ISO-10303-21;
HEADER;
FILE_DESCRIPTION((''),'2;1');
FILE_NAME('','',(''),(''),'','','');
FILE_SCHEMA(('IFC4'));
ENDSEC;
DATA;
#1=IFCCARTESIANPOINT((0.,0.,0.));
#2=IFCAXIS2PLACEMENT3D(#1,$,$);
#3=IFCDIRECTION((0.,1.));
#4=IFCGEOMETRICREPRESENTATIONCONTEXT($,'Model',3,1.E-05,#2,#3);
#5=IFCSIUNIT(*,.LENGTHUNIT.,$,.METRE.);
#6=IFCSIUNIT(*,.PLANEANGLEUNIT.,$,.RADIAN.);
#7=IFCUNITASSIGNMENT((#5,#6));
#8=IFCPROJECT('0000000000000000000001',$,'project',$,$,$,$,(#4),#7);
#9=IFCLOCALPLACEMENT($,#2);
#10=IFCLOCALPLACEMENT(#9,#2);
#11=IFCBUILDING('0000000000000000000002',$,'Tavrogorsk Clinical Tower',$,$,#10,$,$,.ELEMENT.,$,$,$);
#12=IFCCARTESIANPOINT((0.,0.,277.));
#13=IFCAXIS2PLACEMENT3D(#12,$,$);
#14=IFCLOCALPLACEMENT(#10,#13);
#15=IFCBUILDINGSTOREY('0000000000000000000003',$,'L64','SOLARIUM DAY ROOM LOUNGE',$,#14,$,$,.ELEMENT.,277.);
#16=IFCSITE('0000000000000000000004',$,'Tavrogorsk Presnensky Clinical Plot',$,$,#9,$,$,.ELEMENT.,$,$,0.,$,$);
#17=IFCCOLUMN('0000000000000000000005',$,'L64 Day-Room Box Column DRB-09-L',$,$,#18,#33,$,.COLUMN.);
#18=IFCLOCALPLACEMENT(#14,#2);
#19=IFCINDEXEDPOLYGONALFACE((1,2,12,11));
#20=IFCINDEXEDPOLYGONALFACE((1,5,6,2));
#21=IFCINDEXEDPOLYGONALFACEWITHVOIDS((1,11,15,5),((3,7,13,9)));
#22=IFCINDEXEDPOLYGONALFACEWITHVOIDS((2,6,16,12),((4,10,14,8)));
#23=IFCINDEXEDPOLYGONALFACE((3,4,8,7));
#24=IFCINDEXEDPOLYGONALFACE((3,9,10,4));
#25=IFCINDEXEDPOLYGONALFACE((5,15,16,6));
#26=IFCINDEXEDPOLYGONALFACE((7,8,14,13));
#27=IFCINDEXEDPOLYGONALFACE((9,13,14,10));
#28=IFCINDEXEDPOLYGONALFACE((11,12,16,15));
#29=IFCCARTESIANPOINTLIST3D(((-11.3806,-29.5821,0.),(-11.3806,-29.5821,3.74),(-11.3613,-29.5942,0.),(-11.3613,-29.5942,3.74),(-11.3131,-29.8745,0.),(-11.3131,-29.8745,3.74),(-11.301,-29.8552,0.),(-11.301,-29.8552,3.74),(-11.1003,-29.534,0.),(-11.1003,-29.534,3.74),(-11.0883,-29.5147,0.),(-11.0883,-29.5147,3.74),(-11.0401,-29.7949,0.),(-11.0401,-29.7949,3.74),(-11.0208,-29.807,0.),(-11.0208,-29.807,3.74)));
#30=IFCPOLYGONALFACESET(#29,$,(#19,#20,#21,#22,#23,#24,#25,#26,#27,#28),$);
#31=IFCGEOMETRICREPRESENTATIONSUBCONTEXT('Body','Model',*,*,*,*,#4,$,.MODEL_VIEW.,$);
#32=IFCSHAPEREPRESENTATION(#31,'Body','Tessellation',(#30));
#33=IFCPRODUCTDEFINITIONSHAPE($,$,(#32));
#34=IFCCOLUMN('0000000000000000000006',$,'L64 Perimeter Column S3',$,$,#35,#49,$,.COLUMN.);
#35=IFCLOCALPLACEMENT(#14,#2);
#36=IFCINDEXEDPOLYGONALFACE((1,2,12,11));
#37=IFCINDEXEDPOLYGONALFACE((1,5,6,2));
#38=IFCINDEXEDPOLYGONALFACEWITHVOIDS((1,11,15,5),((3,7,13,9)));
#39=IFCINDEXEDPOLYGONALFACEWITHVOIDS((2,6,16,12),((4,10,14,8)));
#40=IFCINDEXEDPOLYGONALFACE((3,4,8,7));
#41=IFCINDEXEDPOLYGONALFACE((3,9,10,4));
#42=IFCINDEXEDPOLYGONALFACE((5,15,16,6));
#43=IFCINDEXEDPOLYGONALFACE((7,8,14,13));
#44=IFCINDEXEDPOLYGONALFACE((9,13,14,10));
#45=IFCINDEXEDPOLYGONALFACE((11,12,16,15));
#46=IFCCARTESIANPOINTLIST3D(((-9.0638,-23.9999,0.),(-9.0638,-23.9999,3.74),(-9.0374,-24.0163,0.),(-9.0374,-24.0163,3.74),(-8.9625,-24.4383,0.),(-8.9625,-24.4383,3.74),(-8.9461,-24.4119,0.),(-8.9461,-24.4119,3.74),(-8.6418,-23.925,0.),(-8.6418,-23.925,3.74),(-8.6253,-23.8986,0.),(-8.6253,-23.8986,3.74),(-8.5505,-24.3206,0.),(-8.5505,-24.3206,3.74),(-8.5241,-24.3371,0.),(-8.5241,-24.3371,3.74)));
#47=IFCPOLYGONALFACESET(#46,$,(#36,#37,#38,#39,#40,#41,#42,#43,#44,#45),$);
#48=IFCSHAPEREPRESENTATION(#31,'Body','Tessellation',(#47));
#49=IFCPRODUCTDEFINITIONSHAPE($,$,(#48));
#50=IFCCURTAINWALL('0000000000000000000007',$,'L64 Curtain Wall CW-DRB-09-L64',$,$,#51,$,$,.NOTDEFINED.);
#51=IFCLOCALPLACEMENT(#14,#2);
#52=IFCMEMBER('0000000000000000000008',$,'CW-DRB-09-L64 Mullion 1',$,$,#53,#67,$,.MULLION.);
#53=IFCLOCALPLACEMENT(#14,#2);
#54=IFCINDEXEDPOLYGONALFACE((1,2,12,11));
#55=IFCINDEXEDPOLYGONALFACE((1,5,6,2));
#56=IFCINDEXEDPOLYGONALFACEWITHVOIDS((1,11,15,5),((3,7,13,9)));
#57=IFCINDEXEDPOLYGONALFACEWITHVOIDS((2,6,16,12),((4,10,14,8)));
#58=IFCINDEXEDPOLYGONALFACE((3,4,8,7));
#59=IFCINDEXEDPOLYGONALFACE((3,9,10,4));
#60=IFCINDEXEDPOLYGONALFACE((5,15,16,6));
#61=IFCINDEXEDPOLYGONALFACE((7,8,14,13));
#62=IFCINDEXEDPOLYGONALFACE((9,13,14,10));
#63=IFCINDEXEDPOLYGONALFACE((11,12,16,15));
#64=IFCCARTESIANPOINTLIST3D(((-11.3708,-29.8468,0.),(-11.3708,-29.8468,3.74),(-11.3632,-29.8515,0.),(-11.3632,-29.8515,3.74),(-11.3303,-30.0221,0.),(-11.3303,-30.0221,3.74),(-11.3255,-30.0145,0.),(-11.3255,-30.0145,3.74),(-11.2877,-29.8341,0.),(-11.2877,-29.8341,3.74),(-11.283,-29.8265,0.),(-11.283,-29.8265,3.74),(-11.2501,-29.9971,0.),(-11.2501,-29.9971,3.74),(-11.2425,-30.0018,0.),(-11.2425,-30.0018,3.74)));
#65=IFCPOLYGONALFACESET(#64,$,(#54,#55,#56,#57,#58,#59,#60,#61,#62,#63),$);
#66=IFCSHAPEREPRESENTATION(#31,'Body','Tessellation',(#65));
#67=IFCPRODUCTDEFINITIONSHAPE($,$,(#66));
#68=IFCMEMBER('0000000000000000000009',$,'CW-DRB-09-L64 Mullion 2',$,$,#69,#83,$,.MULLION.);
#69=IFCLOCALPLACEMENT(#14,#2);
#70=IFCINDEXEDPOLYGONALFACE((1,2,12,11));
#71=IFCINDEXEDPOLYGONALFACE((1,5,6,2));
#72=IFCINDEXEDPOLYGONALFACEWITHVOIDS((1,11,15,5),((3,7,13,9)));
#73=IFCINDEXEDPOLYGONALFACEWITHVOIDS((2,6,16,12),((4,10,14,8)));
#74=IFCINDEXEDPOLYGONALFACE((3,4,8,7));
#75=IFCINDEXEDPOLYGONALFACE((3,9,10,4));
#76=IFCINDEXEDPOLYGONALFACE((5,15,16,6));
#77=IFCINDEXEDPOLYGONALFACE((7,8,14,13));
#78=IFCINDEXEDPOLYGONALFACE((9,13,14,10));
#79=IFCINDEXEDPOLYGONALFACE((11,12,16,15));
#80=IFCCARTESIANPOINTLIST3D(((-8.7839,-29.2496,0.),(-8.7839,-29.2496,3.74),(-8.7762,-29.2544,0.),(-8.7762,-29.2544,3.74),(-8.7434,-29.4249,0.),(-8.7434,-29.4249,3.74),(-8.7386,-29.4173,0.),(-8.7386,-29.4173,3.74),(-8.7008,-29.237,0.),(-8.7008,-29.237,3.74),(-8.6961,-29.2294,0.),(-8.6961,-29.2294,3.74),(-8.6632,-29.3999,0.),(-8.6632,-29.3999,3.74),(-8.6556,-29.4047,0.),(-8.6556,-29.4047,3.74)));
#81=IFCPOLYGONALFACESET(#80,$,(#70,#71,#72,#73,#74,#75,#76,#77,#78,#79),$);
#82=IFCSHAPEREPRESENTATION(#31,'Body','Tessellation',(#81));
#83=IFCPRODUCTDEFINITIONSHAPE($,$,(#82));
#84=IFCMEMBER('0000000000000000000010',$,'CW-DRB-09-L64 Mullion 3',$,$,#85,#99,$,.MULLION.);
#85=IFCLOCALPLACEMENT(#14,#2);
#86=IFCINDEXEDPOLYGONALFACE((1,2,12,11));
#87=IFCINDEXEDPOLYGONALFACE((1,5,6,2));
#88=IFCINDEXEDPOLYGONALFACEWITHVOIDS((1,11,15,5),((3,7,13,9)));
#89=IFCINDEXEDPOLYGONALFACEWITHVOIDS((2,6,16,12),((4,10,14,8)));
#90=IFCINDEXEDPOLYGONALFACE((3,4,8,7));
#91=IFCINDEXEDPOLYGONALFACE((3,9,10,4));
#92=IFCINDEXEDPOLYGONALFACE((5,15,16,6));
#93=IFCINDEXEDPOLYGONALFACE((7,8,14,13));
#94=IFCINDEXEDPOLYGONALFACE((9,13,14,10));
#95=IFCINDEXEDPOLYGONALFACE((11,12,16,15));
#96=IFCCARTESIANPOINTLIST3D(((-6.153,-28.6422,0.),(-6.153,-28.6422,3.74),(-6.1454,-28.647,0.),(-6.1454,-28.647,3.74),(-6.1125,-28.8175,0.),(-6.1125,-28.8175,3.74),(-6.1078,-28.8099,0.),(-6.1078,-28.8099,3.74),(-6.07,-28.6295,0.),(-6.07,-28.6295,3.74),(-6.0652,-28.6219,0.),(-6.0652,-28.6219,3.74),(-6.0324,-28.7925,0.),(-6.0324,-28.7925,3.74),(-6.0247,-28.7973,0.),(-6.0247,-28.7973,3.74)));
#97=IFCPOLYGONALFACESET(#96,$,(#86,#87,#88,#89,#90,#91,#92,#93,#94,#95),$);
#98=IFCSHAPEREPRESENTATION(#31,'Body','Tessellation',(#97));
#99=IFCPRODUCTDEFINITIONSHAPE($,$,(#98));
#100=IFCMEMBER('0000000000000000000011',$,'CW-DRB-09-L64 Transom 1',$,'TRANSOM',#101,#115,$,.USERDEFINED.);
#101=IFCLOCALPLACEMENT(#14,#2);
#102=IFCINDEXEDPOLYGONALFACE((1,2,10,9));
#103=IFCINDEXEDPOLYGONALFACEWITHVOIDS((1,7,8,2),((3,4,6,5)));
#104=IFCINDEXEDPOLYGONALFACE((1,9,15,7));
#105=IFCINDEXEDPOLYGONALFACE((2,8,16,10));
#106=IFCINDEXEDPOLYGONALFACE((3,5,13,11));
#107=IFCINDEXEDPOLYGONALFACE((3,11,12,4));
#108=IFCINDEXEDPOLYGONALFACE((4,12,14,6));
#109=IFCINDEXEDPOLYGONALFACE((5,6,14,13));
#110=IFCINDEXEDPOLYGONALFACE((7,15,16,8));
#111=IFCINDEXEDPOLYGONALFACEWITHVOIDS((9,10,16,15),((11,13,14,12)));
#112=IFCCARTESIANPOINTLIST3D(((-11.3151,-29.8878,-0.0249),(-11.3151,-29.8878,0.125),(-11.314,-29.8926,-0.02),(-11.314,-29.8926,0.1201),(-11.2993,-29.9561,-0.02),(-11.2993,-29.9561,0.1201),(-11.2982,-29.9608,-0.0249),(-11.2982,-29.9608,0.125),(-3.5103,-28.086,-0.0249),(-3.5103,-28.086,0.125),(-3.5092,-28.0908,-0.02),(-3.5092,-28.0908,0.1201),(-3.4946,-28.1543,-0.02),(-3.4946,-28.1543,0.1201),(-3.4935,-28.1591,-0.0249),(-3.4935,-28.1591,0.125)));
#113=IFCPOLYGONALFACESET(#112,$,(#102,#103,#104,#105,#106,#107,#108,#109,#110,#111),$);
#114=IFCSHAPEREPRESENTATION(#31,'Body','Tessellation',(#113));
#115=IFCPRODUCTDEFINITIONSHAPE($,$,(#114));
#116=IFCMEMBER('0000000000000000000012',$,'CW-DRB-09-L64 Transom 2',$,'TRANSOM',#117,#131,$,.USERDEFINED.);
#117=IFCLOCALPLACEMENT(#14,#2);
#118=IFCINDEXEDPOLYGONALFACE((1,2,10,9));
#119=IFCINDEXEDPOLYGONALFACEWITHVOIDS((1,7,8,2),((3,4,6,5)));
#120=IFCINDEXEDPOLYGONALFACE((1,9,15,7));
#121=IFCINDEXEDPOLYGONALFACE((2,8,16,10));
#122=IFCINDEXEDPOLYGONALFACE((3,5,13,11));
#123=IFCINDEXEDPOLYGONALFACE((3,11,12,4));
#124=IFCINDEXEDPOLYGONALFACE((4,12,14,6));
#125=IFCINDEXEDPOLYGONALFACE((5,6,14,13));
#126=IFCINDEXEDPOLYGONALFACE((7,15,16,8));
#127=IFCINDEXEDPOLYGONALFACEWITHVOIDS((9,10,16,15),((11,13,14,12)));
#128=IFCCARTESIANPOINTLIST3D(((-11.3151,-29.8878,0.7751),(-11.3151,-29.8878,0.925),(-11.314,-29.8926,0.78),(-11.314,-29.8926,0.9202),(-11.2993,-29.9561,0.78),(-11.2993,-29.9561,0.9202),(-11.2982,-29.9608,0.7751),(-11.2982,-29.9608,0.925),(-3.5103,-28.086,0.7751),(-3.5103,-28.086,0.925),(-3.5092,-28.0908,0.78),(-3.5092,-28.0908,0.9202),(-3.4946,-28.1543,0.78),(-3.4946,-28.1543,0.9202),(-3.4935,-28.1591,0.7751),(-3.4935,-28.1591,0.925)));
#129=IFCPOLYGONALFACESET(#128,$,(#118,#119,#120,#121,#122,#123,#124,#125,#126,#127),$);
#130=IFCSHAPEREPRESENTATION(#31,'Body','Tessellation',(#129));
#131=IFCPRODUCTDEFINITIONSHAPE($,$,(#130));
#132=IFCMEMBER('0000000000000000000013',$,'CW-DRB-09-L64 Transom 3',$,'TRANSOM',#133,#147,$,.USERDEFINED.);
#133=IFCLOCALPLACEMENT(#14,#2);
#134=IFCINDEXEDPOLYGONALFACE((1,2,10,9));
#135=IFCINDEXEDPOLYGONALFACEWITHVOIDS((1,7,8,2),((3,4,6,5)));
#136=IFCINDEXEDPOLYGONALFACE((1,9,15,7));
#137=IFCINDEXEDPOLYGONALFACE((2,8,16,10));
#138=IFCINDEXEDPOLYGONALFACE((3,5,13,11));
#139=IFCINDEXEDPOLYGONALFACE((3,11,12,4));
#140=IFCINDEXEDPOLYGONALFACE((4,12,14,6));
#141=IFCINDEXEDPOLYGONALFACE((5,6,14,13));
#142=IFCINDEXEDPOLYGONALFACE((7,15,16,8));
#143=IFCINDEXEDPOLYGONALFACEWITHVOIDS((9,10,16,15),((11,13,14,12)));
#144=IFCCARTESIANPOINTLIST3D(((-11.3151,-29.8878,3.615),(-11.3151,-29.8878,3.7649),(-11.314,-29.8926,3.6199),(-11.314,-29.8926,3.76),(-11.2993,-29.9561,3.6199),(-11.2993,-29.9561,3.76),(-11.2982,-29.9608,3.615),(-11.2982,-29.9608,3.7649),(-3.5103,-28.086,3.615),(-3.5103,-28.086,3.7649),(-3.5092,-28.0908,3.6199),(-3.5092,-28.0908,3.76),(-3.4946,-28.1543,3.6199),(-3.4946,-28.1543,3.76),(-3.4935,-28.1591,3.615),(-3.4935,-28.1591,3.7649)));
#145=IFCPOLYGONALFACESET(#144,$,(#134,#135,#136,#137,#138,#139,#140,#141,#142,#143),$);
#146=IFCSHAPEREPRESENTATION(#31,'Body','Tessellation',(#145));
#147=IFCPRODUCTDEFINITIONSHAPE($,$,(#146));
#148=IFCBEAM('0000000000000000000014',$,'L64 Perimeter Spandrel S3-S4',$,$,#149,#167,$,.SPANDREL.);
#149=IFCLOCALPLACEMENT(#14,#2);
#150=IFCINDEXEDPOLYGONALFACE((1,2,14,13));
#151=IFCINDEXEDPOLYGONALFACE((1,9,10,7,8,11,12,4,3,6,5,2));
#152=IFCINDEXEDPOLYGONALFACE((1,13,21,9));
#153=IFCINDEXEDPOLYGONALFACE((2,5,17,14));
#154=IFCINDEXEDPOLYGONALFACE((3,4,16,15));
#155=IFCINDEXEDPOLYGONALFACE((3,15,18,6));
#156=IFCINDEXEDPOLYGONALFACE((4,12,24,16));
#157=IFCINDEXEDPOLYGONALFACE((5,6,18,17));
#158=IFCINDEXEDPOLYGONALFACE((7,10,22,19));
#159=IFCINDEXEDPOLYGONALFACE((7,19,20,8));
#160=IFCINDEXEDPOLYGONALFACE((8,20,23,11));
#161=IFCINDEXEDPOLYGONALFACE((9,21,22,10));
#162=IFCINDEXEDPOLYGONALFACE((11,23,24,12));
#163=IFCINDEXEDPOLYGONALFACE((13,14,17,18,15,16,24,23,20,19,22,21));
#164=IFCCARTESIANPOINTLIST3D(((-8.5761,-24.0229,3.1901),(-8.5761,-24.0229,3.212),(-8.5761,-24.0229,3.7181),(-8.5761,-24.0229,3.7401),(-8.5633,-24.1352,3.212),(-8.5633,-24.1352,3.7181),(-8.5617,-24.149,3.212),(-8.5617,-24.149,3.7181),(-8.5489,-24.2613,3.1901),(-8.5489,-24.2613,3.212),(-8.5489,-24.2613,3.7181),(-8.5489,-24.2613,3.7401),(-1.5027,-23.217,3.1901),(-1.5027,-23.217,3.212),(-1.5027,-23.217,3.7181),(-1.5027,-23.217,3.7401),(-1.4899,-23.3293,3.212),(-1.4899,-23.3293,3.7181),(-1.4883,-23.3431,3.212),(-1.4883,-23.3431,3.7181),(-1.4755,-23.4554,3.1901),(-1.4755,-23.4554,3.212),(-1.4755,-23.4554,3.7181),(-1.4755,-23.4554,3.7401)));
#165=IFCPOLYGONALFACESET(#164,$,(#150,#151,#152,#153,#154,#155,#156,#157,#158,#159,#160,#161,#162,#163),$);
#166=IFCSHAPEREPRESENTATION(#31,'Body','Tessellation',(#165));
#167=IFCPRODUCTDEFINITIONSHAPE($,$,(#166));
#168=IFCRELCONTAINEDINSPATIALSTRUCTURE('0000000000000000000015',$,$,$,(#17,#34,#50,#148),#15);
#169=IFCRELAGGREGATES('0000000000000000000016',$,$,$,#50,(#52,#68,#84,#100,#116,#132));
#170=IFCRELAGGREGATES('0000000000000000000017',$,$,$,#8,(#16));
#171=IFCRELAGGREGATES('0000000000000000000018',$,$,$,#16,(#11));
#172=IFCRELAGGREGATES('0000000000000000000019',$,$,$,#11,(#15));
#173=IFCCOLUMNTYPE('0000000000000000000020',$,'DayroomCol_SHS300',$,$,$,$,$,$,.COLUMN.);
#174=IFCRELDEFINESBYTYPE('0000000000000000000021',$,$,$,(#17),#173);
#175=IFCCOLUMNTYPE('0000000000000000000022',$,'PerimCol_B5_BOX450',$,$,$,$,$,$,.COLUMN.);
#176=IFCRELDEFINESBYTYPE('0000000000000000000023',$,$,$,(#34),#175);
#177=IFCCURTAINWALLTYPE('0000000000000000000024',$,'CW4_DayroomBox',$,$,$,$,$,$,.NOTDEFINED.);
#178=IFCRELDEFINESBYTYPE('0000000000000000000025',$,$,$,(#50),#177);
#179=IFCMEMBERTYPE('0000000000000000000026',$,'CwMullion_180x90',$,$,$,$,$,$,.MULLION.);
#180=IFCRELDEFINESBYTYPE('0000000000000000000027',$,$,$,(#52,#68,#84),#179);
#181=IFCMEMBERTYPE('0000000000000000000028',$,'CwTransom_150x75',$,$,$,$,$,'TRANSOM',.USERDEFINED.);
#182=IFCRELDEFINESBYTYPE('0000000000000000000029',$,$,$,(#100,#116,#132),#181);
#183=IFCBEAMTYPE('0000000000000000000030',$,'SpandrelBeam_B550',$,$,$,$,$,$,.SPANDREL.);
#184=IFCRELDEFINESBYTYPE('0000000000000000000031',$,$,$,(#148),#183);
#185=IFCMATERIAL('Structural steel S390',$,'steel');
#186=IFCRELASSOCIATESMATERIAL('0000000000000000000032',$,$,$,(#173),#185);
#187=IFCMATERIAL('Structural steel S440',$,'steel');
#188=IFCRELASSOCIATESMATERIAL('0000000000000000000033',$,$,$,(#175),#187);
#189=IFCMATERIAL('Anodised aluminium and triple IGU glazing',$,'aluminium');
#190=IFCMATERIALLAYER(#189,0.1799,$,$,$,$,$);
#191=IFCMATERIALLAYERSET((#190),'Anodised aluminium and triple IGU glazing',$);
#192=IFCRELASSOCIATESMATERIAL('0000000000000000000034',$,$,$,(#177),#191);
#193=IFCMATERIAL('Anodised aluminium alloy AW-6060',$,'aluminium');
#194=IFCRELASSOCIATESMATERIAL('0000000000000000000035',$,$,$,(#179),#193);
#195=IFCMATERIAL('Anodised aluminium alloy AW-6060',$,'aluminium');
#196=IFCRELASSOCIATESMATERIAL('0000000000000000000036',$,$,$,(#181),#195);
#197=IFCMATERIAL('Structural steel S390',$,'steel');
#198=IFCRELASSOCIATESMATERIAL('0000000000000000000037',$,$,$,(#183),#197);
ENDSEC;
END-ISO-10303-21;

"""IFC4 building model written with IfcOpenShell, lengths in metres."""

from ifc_helpers import new_model, si_unit, direction, frame, origin, origin_2d, place, context, subcontext, project, spatial, hollow_rectangle, i_section, extrude, material, layer, layer_set, material_profile, profile_set, type_object, element, aggregate, save


model = new_model("IFC4")

# Units and contexts
model_context = context("Model", 3, precision=1e-05, world=origin(), true_north=direction((0.0, 1.0)))
body_context = subcontext(model_context, "Body", "Model", "MODEL_VIEW")
ifc_project = project(units=[si_unit("LENGTHUNIT", "METRE"), si_unit("PLANEANGLEUNIT", "RADIAN")], contexts=[model_context])

# Site, building, storey
site_placement = place(None, origin())
site = spatial("IfcSite", under=ifc_project, at=site_placement, Name="Tavrogorsk Presnensky Clinical Plot", CompositionType="ELEMENT", RefElevation=0.0)
building_placement = place(site_placement, origin())
building = spatial("IfcBuilding", under=site, at=building_placement, Name="Tavrogorsk Clinical Tower", CompositionType="ELEMENT")
storey_placement = place(building_placement, frame((0.0, 0.0, 277.0)))
storey = spatial("IfcBuildingStorey", under=building, at=storey_placement, Name="L64", Description="SOLARIUM DAY ROOM LOUNGE", CompositionType="ELEMENT", Elevation=277.0)

# Columns
ifc_material_1 = material(Name="Structural steel S390", Category="steel")
ifc_material_profile_1 = material_profile(ifc_material_1, hollow_rectangle(XDim=0.3, YDim=0.3, WallThickness=0.0161, at=origin_2d()), Name="SHS-300x300x16")
ifc_profile_set_1 = profile_set([ifc_material_profile_1], Name="Structural steel S390")
column_type_1 = type_object("IfcColumnType", Name="DayroomCol_SHS300", PredefinedType="COLUMN", material=ifc_profile_set_1)
column_1_placement = place(storey_placement, frame((-11.2007, -29.6946, 0.0), z_axis=(0.0, 0.0, 1.0), x_axis=(0.97437, 0.224951, 0.0)))
element("IfcColumn", 1, at=column_1_placement, inside=storey, type_object=column_type_1, Name="L64 Day-Room Box Column DRB-09-L", PredefinedType="COLUMN", context=body_context, shape_type="SweptSolid", body=[
    extrude(hollow_rectangle(XDim=0.3, YDim=0.3, WallThickness=0.0161, at=origin_2d()), origin(), (0.0, 0.0, 1.0), 3.74),
])
ifc_material_2 = material(Name="Structural steel S440", Category="steel")
ifc_material_profile_2 = material_profile(ifc_material_2, hollow_rectangle(XDim=0.45, YDim=0.45, WallThickness=0.022, at=origin_2d()), Name="BOX-450x450x22")
ifc_profile_set_2 = profile_set([ifc_material_profile_2], Name="Structural steel S440")
column_type_2 = type_object("IfcColumnType", Name="PerimCol_B5_BOX450", PredefinedType="COLUMN", material=ifc_profile_set_2)
column_2_placement = place(storey_placement, frame((-8.7939, -24.1685, 0.0), z_axis=(0.0, 0.0, 1.0), x_axis=(0.97437, 0.224951, 0.0)))
element("IfcColumn", 2, at=column_2_placement, inside=storey, type_object=column_type_2, Name="L64 Perimeter Column S3", PredefinedType="COLUMN", context=body_context, shape_type="SweptSolid", body=[
    extrude(hollow_rectangle(XDim=0.45, YDim=0.45, WallThickness=0.022, at=origin_2d()), origin(), (0.0, 0.0, 1.0), 3.74),
])

# Curtain wall, members
ifc_material_3 = material(Name="Anodised aluminium and triple IGU glazing", Category="aluminium")
ifc_layer_1 = layer(ifc_material_3, 0.1799)
ifc_layer_set_1 = layer_set([ifc_layer_1], Name="Anodised aluminium and triple IGU glazing")
curtain_wall_type = type_object("IfcCurtainWallType", Name="CW4_DayroomBox", PredefinedType="NOTDEFINED", material=ifc_layer_set_1)
curtain_wall_placement = place(storey_placement, origin())
curtain_wall = element("IfcCurtainWall", 3, at=curtain_wall_placement, inside=storey, type_object=curtain_wall_type, Name="L64 Curtain Wall CW-DRB-09-L64", PredefinedType="NOTDEFINED")
ifc_material_4 = material(Name="Anodised aluminium alloy AW-6060", Category="aluminium")
ifc_material_profile_3 = material_profile(ifc_material_4, hollow_rectangle(XDim=0.0901, YDim=0.1799, WallThickness=0.0063, at=origin_2d()), Name="RHS-180x90x6.3")
ifc_profile_set_3 = profile_set([ifc_material_profile_3], Name="Anodised aluminium alloy AW-6060")
member_type_1 = type_object("IfcMemberType", Name="CwMullion_180x90", PredefinedType="MULLION", material=ifc_profile_set_3)
member_1_placement = place(storey_placement, frame((-11.3066, -29.9243, 0.0), z_axis=(0.0, 0.0, 1.0), x_axis=(0.97437, 0.224951, 0.0)))
member_1 = element("IfcMember", 4, at=member_1_placement, type_object=member_type_1, Name="CW-DRB-09-L64 Mullion 1", PredefinedType="MULLION", context=body_context, shape_type="SweptSolid", body=[
    extrude(hollow_rectangle(XDim=0.0901, YDim=0.1799, WallThickness=0.0063, at=origin_2d()), origin(), (0.0, 0.0, 1.0), 3.74),
])
member_2_placement = place(storey_placement, frame((-8.7197, -29.3271, 0.0), z_axis=(0.0, 0.0, 1.0), x_axis=(0.97437, 0.224951, 0.0)))
member_2 = element("IfcMember", 5, at=member_2_placement, type_object=member_type_1, Name="CW-DRB-09-L64 Mullion 2", PredefinedType="MULLION", context=body_context, shape_type="SweptSolid", body=[
    extrude(hollow_rectangle(XDim=0.0901, YDim=0.1799, WallThickness=0.0063, at=origin_2d()), origin(), (0.0, 0.0, 1.0), 3.74),
])
member_3_placement = place(storey_placement, frame((-6.0889, -28.7197, 0.0), z_axis=(0.0, 0.0, 1.0), x_axis=(0.97437, 0.224951, 0.0)))
member_3 = element("IfcMember", 6, at=member_3_placement, type_object=member_type_1, Name="CW-DRB-09-L64 Mullion 3", PredefinedType="MULLION", context=body_context, shape_type="SweptSolid", body=[
    extrude(hollow_rectangle(XDim=0.0901, YDim=0.1799, WallThickness=0.0063, at=origin_2d()), origin(), (0.0, 0.0, 1.0), 3.74),
])
ifc_material_5 = material(Name="Anodised aluminium alloy AW-6060", Category="aluminium")
ifc_material_profile_4 = material_profile(ifc_material_5, hollow_rectangle(XDim=0.075, YDim=0.1499, WallThickness=0.0049, at=origin_2d()), Name="RHS-150x75x5")
ifc_profile_set_4 = profile_set([ifc_material_profile_4], Name="Anodised aluminium alloy AW-6060")
member_type_2 = type_object("IfcMemberType", Name="CwTransom_150x75", ElementType="TRANSOM", PredefinedType="USERDEFINED", material=ifc_profile_set_4)
member_4_placement = place(storey_placement, frame((-11.3066, -29.9243, 0.05), z_axis=(0.974373, 0.22494, 0.0), x_axis=(-0.22494, 0.974373, 0.0)))
member_4 = element("IfcMember", 7, at=member_4_placement, type_object=member_type_2, Name="CW-DRB-09-L64 Transom 1", ObjectType="TRANSOM", PredefinedType="USERDEFINED", context=body_context, shape_type="SweptSolid", body=[
    extrude(hollow_rectangle(XDim=0.075, YDim=0.1499, WallThickness=0.0049, at=origin_2d()), origin(), (0.0, 0.0, 1.0), 8.01),
])
member_5_placement = place(storey_placement, frame((-11.3066, -29.9243, 0.8501), z_axis=(0.974373, 0.22494, 0.0), x_axis=(-0.22494, 0.974373, 0.0)))
member_5 = element("IfcMember", 8, at=member_5_placement, type_object=member_type_2, Name="CW-DRB-09-L64 Transom 2", ObjectType="TRANSOM", PredefinedType="USERDEFINED", context=body_context, shape_type="SweptSolid", body=[
    extrude(hollow_rectangle(XDim=0.075, YDim=0.1499, WallThickness=0.0049, at=origin_2d()), origin(), (0.0, 0.0, 1.0), 8.01),
])
member_6_placement = place(storey_placement, frame((-11.3066, -29.9243, 3.6899), z_axis=(0.974373, 0.22494, 0.0), x_axis=(-0.22494, 0.974373, 0.0)))
member_6 = element("IfcMember", 9, at=member_6_placement, type_object=member_type_2, Name="CW-DRB-09-L64 Transom 3", ObjectType="TRANSOM", PredefinedType="USERDEFINED", context=body_context, shape_type="SweptSolid", body=[
    extrude(hollow_rectangle(XDim=0.075, YDim=0.1499, WallThickness=0.0049, at=origin_2d()), origin(), (0.0, 0.0, 1.0), 8.01),
])

# Beam
ifc_material_6 = material(Name="Structural steel S390", Category="steel")
ifc_material_profile_5 = material_profile(ifc_material_6, i_section(OverallWidth=0.24, OverallDepth=0.55, WebThickness=0.0139, FlangeThickness=0.022, at=origin_2d()), Name="B-550x240x14x22")
ifc_profile_set_5 = profile_set([ifc_material_profile_5], Name="Structural steel S390")
beam_type_1 = type_object("IfcBeamType", Name="SpandrelBeam_B550", PredefinedType="SPANDREL", material=ifc_profile_set_5)
beam_1_placement = place(storey_placement, frame((-8.5625, -24.1421, 3.4651), z_axis=(0.993572, 0.113201, 0.0), x_axis=(-0.113201, 0.993572, 0.0)))
element("IfcBeam", 10, at=beam_1_placement, inside=storey, type_object=beam_type_1, Name="L64 Perimeter Spandrel S3-S4", PredefinedType="SPANDREL", context=body_context, shape_type="SweptSolid", body=[
    extrude(i_section(OverallWidth=0.24, OverallDepth=0.55, WebThickness=0.0139, FlangeThickness=0.022, at=origin_2d()), origin(), (0.0, 0.0, 1.0), 7.1191),
])

aggregate(curtain_wall, [member_1, member_2, member_3, member_4, member_5, member_6])

save(model, "model.ifc")
